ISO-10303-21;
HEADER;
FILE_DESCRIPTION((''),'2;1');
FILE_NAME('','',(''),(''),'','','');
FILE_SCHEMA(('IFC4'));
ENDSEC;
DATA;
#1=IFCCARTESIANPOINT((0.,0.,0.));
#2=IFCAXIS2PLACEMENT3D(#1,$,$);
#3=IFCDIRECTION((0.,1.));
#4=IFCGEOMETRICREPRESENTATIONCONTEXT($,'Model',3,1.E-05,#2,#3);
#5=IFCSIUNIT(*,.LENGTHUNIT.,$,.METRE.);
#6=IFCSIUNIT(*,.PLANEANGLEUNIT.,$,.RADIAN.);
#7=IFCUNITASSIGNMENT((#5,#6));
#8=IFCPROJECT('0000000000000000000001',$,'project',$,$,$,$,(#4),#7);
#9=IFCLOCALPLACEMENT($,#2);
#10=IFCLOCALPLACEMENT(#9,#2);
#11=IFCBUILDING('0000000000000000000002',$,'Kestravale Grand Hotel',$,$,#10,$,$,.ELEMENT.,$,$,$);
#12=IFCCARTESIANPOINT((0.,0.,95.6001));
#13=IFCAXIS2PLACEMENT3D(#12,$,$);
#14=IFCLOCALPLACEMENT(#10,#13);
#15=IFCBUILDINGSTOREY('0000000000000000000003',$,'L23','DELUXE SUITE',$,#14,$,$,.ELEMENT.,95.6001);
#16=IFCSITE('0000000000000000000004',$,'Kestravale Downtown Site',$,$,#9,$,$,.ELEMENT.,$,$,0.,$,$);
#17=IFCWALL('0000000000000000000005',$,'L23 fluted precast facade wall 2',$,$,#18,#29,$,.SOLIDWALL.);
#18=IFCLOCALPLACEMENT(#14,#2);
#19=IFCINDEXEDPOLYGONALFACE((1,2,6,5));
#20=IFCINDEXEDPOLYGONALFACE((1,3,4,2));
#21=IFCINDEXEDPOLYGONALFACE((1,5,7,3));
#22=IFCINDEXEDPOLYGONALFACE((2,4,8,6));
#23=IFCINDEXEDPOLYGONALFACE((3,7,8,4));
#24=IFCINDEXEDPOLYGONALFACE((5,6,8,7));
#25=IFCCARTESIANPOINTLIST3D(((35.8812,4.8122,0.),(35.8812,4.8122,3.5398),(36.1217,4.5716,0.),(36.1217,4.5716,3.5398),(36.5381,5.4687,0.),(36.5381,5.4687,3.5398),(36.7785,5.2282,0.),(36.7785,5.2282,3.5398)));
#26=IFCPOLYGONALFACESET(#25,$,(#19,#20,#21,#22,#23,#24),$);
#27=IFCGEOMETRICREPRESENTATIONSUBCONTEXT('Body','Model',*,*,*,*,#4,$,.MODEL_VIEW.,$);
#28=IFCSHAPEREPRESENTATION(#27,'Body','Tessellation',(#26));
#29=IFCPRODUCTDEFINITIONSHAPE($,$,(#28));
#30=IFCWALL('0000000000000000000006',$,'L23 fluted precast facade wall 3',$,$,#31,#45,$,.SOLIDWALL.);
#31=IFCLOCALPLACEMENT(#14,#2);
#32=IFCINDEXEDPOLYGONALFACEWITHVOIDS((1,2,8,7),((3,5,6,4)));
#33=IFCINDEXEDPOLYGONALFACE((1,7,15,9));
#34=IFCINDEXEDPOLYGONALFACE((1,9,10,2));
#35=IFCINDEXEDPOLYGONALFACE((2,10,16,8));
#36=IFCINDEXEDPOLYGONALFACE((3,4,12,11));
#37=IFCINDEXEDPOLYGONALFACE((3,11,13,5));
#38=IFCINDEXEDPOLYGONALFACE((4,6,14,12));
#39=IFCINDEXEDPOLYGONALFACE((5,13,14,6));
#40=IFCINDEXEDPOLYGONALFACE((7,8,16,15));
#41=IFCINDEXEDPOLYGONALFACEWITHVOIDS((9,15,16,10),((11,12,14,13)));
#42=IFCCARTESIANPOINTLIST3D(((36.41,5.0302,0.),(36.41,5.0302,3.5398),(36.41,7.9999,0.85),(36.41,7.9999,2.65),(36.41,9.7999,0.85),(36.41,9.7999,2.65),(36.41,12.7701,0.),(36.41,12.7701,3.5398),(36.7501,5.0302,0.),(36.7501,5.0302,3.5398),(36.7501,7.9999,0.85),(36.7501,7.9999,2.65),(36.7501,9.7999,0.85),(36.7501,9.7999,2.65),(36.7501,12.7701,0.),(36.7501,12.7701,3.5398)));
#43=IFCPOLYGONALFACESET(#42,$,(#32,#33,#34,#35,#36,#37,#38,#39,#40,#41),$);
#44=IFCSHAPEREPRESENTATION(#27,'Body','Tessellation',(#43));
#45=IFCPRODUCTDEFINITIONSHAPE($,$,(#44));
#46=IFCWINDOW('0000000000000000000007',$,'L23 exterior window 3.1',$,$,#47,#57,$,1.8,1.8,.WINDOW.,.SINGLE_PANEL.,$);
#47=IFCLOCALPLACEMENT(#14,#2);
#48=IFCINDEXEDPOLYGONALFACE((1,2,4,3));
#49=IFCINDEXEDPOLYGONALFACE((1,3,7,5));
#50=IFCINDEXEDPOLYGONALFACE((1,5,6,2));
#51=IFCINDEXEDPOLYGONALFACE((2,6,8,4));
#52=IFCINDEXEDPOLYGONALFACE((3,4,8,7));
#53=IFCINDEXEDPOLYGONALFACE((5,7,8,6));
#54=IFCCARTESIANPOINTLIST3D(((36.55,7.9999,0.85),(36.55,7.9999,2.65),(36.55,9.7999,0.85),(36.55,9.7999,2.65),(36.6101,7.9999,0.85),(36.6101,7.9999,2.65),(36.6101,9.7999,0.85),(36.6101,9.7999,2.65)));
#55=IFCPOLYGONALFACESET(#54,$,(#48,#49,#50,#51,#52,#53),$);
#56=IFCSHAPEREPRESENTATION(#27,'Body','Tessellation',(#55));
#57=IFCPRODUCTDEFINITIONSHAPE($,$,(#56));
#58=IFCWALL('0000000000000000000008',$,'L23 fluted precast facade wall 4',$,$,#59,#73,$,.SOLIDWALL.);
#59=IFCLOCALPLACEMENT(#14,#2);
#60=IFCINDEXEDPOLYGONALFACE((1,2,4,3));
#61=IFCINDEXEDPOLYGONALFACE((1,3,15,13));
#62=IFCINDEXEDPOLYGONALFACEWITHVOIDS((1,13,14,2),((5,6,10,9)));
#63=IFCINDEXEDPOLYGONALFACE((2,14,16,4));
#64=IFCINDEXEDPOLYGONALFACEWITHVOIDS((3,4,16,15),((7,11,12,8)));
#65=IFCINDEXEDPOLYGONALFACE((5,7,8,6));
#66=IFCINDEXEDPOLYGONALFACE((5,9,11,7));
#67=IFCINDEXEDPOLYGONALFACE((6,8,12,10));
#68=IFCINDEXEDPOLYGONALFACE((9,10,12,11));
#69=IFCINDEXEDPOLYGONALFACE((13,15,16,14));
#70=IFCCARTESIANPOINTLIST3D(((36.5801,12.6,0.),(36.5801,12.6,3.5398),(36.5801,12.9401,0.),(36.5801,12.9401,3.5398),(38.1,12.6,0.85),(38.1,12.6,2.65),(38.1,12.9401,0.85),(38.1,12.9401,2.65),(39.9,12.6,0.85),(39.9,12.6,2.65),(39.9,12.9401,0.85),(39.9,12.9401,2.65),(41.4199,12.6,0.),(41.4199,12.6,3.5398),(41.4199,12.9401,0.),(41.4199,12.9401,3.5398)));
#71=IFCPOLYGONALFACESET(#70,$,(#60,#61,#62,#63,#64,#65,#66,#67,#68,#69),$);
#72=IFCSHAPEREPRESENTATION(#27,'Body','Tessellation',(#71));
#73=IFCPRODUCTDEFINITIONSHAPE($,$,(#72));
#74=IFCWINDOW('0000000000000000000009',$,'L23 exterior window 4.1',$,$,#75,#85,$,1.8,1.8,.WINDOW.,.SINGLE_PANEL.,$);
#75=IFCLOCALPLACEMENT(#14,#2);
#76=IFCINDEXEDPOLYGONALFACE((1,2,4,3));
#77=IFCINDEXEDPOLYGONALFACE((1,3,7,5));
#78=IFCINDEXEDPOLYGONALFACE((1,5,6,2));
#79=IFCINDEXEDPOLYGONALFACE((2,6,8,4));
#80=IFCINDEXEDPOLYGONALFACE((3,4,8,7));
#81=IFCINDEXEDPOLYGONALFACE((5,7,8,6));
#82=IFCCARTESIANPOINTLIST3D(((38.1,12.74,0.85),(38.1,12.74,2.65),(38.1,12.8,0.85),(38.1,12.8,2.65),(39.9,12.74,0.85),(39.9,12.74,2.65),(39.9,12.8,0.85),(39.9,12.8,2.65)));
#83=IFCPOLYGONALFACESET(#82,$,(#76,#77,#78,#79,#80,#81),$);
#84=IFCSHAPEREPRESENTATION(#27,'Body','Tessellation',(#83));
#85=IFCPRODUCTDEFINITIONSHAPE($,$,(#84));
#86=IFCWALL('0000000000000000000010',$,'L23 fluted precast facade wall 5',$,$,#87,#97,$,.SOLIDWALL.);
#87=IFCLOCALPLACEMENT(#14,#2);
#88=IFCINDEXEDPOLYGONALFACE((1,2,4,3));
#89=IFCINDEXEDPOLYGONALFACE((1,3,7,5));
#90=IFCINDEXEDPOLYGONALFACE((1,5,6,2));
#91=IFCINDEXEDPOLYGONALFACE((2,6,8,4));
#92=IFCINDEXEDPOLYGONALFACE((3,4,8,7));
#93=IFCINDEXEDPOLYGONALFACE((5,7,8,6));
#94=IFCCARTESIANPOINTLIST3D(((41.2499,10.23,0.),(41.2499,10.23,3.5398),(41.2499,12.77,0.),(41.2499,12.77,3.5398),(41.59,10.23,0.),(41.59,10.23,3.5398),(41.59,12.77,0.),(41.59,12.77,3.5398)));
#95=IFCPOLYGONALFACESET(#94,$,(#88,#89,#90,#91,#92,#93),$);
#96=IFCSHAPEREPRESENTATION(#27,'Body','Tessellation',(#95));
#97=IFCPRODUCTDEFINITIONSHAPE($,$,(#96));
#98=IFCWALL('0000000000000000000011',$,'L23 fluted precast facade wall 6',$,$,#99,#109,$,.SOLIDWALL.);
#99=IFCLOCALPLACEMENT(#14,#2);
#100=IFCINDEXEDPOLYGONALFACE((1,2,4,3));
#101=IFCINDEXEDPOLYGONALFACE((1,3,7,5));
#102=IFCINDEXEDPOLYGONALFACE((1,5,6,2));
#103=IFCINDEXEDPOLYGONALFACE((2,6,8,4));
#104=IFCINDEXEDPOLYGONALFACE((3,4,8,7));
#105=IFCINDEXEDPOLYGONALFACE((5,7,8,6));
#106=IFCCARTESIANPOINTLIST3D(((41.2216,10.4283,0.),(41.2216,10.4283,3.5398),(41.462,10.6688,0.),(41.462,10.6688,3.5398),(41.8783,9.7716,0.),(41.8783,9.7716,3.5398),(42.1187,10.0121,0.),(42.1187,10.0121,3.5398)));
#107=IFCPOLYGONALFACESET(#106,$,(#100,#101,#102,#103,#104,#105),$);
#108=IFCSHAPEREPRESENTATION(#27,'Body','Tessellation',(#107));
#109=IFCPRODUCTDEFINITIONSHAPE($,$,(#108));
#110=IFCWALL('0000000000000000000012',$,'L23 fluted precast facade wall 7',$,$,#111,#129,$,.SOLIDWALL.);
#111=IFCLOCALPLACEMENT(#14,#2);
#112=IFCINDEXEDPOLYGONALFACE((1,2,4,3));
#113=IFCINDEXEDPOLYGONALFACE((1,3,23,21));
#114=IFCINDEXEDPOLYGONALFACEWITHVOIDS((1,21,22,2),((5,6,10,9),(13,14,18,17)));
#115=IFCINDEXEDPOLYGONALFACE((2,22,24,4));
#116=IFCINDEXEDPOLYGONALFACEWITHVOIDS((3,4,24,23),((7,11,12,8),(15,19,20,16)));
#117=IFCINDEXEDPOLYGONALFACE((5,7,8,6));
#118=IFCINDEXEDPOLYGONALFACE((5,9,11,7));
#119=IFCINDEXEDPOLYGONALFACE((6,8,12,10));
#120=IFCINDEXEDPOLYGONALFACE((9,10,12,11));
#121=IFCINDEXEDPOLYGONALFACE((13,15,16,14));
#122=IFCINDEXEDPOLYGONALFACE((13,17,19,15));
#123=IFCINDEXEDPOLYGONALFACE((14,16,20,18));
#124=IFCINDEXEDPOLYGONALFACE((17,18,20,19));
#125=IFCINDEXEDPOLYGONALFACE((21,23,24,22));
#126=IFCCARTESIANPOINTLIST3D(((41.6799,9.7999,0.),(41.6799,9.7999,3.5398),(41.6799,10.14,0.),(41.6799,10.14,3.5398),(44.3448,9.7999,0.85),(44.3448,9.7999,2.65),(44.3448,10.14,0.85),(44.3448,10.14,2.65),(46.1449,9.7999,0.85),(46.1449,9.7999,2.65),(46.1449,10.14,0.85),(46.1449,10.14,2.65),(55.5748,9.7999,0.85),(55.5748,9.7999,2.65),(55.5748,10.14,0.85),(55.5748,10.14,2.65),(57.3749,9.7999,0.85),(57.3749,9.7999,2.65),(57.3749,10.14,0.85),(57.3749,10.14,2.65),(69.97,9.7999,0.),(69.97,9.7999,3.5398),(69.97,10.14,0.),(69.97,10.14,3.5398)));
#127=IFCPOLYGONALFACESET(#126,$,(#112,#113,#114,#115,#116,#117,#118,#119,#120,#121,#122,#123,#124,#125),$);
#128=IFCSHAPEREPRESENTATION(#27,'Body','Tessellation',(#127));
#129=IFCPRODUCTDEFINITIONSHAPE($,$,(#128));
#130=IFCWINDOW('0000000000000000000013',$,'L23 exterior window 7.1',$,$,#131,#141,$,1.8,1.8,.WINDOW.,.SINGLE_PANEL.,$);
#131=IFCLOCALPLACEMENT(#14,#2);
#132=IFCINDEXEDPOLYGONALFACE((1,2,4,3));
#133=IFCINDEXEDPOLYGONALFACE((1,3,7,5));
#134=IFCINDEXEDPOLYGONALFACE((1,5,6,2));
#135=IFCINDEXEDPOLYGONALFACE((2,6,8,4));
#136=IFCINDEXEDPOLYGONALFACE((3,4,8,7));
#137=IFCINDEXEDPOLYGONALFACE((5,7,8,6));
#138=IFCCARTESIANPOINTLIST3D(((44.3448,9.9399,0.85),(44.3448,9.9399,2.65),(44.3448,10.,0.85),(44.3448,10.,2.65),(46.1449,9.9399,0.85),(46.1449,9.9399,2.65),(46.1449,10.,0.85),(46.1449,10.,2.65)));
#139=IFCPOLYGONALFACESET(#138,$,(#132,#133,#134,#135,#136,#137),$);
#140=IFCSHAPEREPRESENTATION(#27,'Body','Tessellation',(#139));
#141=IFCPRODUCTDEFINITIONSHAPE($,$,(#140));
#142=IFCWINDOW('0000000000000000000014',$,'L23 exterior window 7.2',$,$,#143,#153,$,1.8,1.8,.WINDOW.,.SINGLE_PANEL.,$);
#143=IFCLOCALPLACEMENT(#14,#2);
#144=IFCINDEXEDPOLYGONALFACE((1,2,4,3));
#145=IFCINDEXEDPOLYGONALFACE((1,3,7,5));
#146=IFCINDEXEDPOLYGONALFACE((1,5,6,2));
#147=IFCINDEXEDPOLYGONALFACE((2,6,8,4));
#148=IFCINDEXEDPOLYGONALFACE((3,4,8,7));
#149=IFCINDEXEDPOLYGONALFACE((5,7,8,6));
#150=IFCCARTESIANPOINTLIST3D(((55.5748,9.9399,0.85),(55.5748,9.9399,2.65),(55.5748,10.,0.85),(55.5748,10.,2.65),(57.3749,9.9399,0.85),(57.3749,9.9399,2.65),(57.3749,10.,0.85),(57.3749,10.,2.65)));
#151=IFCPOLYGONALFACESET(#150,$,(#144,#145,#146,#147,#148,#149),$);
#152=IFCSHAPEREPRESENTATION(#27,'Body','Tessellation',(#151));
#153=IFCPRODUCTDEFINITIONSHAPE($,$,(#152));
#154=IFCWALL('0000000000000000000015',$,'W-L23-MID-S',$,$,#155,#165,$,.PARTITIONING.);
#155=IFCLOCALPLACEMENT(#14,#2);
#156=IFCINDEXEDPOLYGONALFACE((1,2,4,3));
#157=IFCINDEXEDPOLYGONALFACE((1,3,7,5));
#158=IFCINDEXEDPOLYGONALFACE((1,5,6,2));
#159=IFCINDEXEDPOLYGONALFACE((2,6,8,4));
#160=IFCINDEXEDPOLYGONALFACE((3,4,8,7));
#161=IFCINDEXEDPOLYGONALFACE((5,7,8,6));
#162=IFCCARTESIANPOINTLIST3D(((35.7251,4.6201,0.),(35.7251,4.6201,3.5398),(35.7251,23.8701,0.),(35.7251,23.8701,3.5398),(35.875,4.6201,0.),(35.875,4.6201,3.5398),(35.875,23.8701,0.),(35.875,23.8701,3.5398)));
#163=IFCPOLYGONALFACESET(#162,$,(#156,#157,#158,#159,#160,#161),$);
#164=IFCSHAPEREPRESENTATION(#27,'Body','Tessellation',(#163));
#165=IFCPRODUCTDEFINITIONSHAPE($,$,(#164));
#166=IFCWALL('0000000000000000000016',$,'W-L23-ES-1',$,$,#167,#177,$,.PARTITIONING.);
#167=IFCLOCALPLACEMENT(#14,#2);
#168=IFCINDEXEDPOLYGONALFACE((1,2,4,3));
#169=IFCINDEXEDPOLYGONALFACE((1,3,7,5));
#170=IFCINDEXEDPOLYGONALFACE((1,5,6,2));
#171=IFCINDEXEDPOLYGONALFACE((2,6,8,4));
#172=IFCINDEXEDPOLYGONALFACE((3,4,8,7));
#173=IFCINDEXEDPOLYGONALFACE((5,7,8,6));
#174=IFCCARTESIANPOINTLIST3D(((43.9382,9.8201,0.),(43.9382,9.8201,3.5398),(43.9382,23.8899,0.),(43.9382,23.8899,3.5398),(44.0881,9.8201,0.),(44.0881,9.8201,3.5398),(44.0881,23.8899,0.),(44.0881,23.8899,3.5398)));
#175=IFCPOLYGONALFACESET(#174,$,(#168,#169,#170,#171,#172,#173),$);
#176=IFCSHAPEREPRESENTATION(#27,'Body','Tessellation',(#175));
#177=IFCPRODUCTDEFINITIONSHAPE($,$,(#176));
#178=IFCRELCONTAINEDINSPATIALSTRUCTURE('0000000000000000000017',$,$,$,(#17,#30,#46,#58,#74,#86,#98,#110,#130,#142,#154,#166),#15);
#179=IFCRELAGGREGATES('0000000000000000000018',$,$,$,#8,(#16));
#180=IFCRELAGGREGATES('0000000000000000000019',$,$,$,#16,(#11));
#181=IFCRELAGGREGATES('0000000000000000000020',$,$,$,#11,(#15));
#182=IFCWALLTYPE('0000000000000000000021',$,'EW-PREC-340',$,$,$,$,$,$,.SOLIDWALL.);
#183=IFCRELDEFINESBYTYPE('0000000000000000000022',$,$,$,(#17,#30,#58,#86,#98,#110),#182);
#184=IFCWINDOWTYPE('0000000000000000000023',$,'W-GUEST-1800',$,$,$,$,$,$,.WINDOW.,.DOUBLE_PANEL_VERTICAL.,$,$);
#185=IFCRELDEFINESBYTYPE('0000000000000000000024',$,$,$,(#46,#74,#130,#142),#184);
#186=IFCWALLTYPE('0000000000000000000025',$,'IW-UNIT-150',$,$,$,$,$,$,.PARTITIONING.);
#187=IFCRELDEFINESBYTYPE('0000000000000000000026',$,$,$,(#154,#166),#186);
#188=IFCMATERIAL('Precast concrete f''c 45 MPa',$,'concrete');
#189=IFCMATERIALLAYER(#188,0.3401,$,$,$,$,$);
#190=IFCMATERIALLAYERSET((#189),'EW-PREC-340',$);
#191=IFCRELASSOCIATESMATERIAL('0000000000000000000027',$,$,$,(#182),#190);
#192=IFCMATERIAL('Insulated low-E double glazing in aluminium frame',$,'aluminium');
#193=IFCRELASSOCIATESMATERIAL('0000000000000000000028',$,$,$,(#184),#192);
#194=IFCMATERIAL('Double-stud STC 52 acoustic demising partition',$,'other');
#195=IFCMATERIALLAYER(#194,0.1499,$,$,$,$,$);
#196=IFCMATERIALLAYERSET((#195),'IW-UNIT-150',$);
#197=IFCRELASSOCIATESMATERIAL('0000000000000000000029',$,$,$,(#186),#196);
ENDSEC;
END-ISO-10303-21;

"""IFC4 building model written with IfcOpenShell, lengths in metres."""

from ifc_helpers import new_model, si_unit, direction, frame, frame_2d, origin, place, context, subcontext, project, spatial, rectangle, extrude, material, layer, layer_set, type_object, element, fill, save


model = new_model("IFC4")

# Units and contexts
model_context = context("Model", 3, precision=1e-05, world=origin(), true_north=direction((0.0, 1.0)))
body_context = subcontext(model_context, "Body", "Model", "MODEL_VIEW")
ifc_project = project(units=[si_unit("LENGTHUNIT", "METRE"), si_unit("PLANEANGLEUNIT", "RADIAN")], contexts=[model_context])

# Site, building, storey
site_placement = place(None, origin())
site = spatial("IfcSite", under=ifc_project, at=site_placement, Name="Kestravale Downtown Site", CompositionType="ELEMENT", RefElevation=0.0)
building_placement = place(site_placement, origin())
building = spatial("IfcBuilding", under=site, at=building_placement, Name="Kestravale Grand Hotel", CompositionType="ELEMENT")
storey_placement = place(building_placement, frame((0.0, 0.0, 95.6001)))
storey = spatial("IfcBuildingStorey", under=building, at=storey_placement, Name="L23", Description="DELUXE SUITE", CompositionType="ELEMENT", Elevation=95.6001)

# Wall
ifc_material_1 = material(Name="Precast concrete f'c 45 MPa", Category="concrete")
ifc_layer_1 = layer(ifc_material_1, 0.3401)
ifc_layer_set_1 = layer_set([ifc_layer_1], Name="EW-PREC-340")
wall_type_1 = type_object("IfcWallType", Name="EW-PREC-340", PredefinedType="SOLIDWALL", material=ifc_layer_set_1)
wall_1_placement = place(storey_placement, frame((36.0015, 4.6919, 0.0), z_axis=(0.0, 0.0, 1.0), x_axis=(0.707238, 0.706975, 0.0)))
element("IfcWall", 1, at=wall_1_placement, inside=storey, type_object=wall_type_1, Name="L23 fluted precast facade wall 2", PredefinedType="SOLIDWALL", context=body_context, shape_type="SweptSolid", body=[
    extrude(rectangle(XDim=0.9287, YDim=0.3401, at=frame_2d((0.4644, 0.0))), origin(), (0.0, 0.0, 1.0), 3.5398),
])

# Walls, openings, windows
wall_2_placement = place(storey_placement, frame((36.5801, 5.03, 0.0), z_axis=(0.0, 0.0, 1.0), x_axis=(0.0, 1.0, 0.0)))
wall_2 = element("IfcWall", 2, at=wall_2_placement, inside=storey, type_object=wall_type_1, Name="L23 fluted precast facade wall 3", PredefinedType="SOLIDWALL", context=body_context, shape_type="SweptSolid", body=[
    extrude(rectangle(XDim=7.74, YDim=0.3401, at=frame_2d((3.8701, 0.0))), origin(), (0.0, 0.0, 1.0), 3.5398),
])
opening_1_placement = place(wall_2_placement, frame((2.97, 0.0, 0.8501)))
opening_1 = element("IfcOpeningElement", 3, at=opening_1_placement, cuts=wall_2, PredefinedType="OPENING", context=body_context, shape_type="SweptSolid", body=[
    extrude(rectangle(XDim=1.8, YDim=1.8, at=frame_2d((0.8999, 0.8999))), frame((0.0, 0.1799, 0.0), z_axis=(0.0, -1.0, 0.0), x_axis=(1.0, 0.0, 0.0)), (0.0, 0.0, 1.0), 0.3601),
])
ifc_material_2 = material(Name="Insulated low-E double glazing in aluminium frame", Category="aluminium")
window_type = type_object("IfcWindowType", Name="W-GUEST-1800", PartitioningType="DOUBLE_PANEL_VERTICAL", PredefinedType="WINDOW", material=ifc_material_2)
window_1_placement = place(opening_1_placement, origin())
window_1 = element("IfcWindow", 4, at=window_1_placement, inside=storey, type_object=window_type, Name="L23 exterior window 3.1", OverallHeight=1.8, OverallWidth=1.8, PartitioningType="SINGLE_PANEL", PredefinedType="WINDOW", context=body_context, shape_type="SweptSolid", body=[
    extrude(rectangle(XDim=1.8, YDim=1.8, at=frame_2d((0.8999, 0.8999))), frame((0.0, 0.03, 0.0), z_axis=(0.0, -1.0, 0.0), x_axis=(1.0, 0.0, 0.0)), (0.0, 0.0, 1.0), 0.0601),
])
fill(opening_1, window_1)
wall_3_placement = place(storey_placement, frame((36.5801, 12.77, 0.0), z_axis=(0.0, 0.0, 1.0), x_axis=(1.0, 0.0, 0.0)))
wall_3 = element("IfcWall", 5, at=wall_3_placement, inside=storey, type_object=wall_type_1, Name="L23 fluted precast facade wall 4", PredefinedType="SOLIDWALL", context=body_context, shape_type="SweptSolid", body=[
    extrude(rectangle(XDim=4.8398, YDim=0.3401, at=frame_2d((2.4199, 0.0))), origin(), (0.0, 0.0, 1.0), 3.5398),
])
opening_2_placement = place(wall_3_placement, frame((1.52, 0.0, 0.8501)))
opening_2 = element("IfcOpeningElement", 6, at=opening_2_placement, cuts=wall_3, PredefinedType="OPENING", context=body_context, shape_type="SweptSolid", body=[
    extrude(rectangle(XDim=1.8, YDim=1.8, at=frame_2d((0.8999, 0.8999))), frame((0.0, 0.1799, 0.0), z_axis=(0.0, -1.0, 0.0), x_axis=(1.0, 0.0, 0.0)), (0.0, 0.0, 1.0), 0.3601),
])
window_2_placement = place(opening_2_placement, origin())
window_2 = element("IfcWindow", 7, at=window_2_placement, inside=storey, type_object=window_type, Name="L23 exterior window 4.1", OverallHeight=1.8, OverallWidth=1.8, PartitioningType="SINGLE_PANEL", PredefinedType="WINDOW", context=body_context, shape_type="SweptSolid", body=[
    extrude(rectangle(XDim=1.8, YDim=1.8, at=frame_2d((0.8999, 0.8999))), frame((0.0, 0.03, 0.0), z_axis=(0.0, -1.0, 0.0), x_axis=(1.0, 0.0, 0.0)), (0.0, 0.0, 1.0), 0.0601),
])
fill(opening_2, window_2)

# Walls
wall_4_placement = place(storey_placement, frame((41.4199, 12.77, 0.0), z_axis=(0.0, 0.0, 1.0), x_axis=(0.0, -1.0, 0.0)))
element("IfcWall", 8, at=wall_4_placement, inside=storey, type_object=wall_type_1, Name="L23 fluted precast facade wall 5", PredefinedType="SOLIDWALL", context=body_context, shape_type="SweptSolid", body=[
    extrude(rectangle(XDim=2.54, YDim=0.3401, at=frame_2d((1.27, 0.0))), origin(), (0.0, 0.0, 1.0), 3.5398),
])
wall_5_placement = place(storey_placement, frame((41.3418, 10.5486, 0.0), z_axis=(0.0, 0.0, 1.0), x_axis=(0.707107, -0.707107, 0.0)))
element("IfcWall", 9, at=wall_5_placement, inside=storey, type_object=wall_type_1, Name="L23 fluted precast facade wall 6", PredefinedType="SOLIDWALL", context=body_context, shape_type="SweptSolid", body=[
    extrude(rectangle(XDim=0.9287, YDim=0.3401, at=frame_2d((0.4644, 0.0))), origin(), (0.0, 0.0, 1.0), 3.5398),
])

# Wall, openings, windows
wall_6_placement = place(storey_placement, frame((41.6799, 9.97, 0.0), z_axis=(0.0, 0.0, 1.0), x_axis=(1.0, 0.0, 0.0)))
wall_6 = element("IfcWall", 10, at=wall_6_placement, inside=storey, type_object=wall_type_1, Name="L23 fluted precast facade wall 7", PredefinedType="SOLIDWALL", context=body_context, shape_type="SweptSolid", body=[
    extrude(rectangle(XDim=28.29, YDim=0.3401, at=frame_2d((14.145, 0.0))), origin(), (0.0, 0.0, 1.0), 3.5398),
])
opening_3_placement = place(wall_6_placement, frame((2.665, 0.0, 0.8501)))
opening_3 = element("IfcOpeningElement", 11, at=opening_3_placement, cuts=wall_6, PredefinedType="OPENING", context=body_context, shape_type="SweptSolid", body=[
    extrude(rectangle(XDim=1.8, YDim=1.8, at=frame_2d((0.8999, 0.8999))), frame((0.0, 0.1799, 0.0), z_axis=(0.0, -1.0, 0.0), x_axis=(1.0, 0.0, 0.0)), (0.0, 0.0, 1.0), 0.3601),
])
opening_4_placement = place(wall_6_placement, frame((13.895, 0.0, 0.8501)))
opening_4 = element("IfcOpeningElement", 12, at=opening_4_placement, cuts=wall_6, PredefinedType="OPENING", context=body_context, shape_type="SweptSolid", body=[
    extrude(rectangle(XDim=1.8, YDim=1.8, at=frame_2d((0.8999, 0.8999))), frame((0.0, 0.1799, 0.0), z_axis=(0.0, -1.0, 0.0), x_axis=(1.0, 0.0, 0.0)), (0.0, 0.0, 1.0), 0.3601),
])
window_3_placement = place(opening_3_placement, origin())
window_3 = element("IfcWindow", 13, at=window_3_placement, inside=storey, type_object=window_type, Name="L23 exterior window 7.1", OverallHeight=1.8, OverallWidth=1.8, PartitioningType="SINGLE_PANEL", PredefinedType="WINDOW", context=body_context, shape_type="SweptSolid", body=[
    extrude(rectangle(XDim=1.8, YDim=1.8, at=frame_2d((0.8999, 0.8999))), frame((0.0, 0.03, 0.0), z_axis=(0.0, -1.0, 0.0), x_axis=(1.0, 0.0, 0.0)), (0.0, 0.0, 1.0), 0.0601),
])
fill(opening_3, window_3)
window_4_placement = place(opening_4_placement, origin())
window_4 = element("IfcWindow", 14, at=window_4_placement, inside=storey, type_object=window_type, Name="L23 exterior window 7.2", OverallHeight=1.8, OverallWidth=1.8, PartitioningType="SINGLE_PANEL", PredefinedType="WINDOW", context=body_context, shape_type="SweptSolid", body=[
    extrude(rectangle(XDim=1.8, YDim=1.8, at=frame_2d((0.8999, 0.8999))), frame((0.0, 0.03, 0.0), z_axis=(0.0, -1.0, 0.0), x_axis=(1.0, 0.0, 0.0)), (0.0, 0.0, 1.0), 0.0601),
])
fill(opening_4, window_4)

# Walls
ifc_material_3 = material(Name="Double-stud STC 52 acoustic demising partition", Category="other")
ifc_layer_2 = layer(ifc_material_3, 0.1499)
ifc_layer_set_2 = layer_set([ifc_layer_2], Name="IW-UNIT-150")
wall_type_2 = type_object("IfcWallType", Name="IW-UNIT-150", PredefinedType="PARTITIONING", material=ifc_layer_set_2)
wall_7_placement = place(storey_placement, frame((35.8, 4.6201, 0.0), z_axis=(0.0, 0.0, 1.0), x_axis=(0.0, 1.0, 0.0)))
element("IfcWall", 15, at=wall_7_placement, inside=storey, type_object=wall_type_2, Name="W-L23-MID-S", PredefinedType="PARTITIONING", context=body_context, shape_type="SweptSolid", body=[
    extrude(rectangle(XDim=19.25, YDim=0.1499, at=frame_2d((9.625, 0.0))), origin(), (0.0, 0.0, 1.0), 3.5398),
])
wall_8_placement = place(storey_placement, frame((44.0132, 9.8201, 0.0), z_axis=(0.0, 0.0, 1.0), x_axis=(0.0, 1.0, 0.0)))
element("IfcWall", 16, at=wall_8_placement, inside=storey, type_object=wall_type_2, Name="W-L23-ES-1", PredefinedType="PARTITIONING", context=body_context, shape_type="SweptSolid", body=[
    extrude(rectangle(XDim=14.0698, YDim=0.1499, at=frame_2d((7.0349, 0.0))), origin(), (0.0, 0.0, 1.0), 3.5398),
])

save(model, "model.ifc")
